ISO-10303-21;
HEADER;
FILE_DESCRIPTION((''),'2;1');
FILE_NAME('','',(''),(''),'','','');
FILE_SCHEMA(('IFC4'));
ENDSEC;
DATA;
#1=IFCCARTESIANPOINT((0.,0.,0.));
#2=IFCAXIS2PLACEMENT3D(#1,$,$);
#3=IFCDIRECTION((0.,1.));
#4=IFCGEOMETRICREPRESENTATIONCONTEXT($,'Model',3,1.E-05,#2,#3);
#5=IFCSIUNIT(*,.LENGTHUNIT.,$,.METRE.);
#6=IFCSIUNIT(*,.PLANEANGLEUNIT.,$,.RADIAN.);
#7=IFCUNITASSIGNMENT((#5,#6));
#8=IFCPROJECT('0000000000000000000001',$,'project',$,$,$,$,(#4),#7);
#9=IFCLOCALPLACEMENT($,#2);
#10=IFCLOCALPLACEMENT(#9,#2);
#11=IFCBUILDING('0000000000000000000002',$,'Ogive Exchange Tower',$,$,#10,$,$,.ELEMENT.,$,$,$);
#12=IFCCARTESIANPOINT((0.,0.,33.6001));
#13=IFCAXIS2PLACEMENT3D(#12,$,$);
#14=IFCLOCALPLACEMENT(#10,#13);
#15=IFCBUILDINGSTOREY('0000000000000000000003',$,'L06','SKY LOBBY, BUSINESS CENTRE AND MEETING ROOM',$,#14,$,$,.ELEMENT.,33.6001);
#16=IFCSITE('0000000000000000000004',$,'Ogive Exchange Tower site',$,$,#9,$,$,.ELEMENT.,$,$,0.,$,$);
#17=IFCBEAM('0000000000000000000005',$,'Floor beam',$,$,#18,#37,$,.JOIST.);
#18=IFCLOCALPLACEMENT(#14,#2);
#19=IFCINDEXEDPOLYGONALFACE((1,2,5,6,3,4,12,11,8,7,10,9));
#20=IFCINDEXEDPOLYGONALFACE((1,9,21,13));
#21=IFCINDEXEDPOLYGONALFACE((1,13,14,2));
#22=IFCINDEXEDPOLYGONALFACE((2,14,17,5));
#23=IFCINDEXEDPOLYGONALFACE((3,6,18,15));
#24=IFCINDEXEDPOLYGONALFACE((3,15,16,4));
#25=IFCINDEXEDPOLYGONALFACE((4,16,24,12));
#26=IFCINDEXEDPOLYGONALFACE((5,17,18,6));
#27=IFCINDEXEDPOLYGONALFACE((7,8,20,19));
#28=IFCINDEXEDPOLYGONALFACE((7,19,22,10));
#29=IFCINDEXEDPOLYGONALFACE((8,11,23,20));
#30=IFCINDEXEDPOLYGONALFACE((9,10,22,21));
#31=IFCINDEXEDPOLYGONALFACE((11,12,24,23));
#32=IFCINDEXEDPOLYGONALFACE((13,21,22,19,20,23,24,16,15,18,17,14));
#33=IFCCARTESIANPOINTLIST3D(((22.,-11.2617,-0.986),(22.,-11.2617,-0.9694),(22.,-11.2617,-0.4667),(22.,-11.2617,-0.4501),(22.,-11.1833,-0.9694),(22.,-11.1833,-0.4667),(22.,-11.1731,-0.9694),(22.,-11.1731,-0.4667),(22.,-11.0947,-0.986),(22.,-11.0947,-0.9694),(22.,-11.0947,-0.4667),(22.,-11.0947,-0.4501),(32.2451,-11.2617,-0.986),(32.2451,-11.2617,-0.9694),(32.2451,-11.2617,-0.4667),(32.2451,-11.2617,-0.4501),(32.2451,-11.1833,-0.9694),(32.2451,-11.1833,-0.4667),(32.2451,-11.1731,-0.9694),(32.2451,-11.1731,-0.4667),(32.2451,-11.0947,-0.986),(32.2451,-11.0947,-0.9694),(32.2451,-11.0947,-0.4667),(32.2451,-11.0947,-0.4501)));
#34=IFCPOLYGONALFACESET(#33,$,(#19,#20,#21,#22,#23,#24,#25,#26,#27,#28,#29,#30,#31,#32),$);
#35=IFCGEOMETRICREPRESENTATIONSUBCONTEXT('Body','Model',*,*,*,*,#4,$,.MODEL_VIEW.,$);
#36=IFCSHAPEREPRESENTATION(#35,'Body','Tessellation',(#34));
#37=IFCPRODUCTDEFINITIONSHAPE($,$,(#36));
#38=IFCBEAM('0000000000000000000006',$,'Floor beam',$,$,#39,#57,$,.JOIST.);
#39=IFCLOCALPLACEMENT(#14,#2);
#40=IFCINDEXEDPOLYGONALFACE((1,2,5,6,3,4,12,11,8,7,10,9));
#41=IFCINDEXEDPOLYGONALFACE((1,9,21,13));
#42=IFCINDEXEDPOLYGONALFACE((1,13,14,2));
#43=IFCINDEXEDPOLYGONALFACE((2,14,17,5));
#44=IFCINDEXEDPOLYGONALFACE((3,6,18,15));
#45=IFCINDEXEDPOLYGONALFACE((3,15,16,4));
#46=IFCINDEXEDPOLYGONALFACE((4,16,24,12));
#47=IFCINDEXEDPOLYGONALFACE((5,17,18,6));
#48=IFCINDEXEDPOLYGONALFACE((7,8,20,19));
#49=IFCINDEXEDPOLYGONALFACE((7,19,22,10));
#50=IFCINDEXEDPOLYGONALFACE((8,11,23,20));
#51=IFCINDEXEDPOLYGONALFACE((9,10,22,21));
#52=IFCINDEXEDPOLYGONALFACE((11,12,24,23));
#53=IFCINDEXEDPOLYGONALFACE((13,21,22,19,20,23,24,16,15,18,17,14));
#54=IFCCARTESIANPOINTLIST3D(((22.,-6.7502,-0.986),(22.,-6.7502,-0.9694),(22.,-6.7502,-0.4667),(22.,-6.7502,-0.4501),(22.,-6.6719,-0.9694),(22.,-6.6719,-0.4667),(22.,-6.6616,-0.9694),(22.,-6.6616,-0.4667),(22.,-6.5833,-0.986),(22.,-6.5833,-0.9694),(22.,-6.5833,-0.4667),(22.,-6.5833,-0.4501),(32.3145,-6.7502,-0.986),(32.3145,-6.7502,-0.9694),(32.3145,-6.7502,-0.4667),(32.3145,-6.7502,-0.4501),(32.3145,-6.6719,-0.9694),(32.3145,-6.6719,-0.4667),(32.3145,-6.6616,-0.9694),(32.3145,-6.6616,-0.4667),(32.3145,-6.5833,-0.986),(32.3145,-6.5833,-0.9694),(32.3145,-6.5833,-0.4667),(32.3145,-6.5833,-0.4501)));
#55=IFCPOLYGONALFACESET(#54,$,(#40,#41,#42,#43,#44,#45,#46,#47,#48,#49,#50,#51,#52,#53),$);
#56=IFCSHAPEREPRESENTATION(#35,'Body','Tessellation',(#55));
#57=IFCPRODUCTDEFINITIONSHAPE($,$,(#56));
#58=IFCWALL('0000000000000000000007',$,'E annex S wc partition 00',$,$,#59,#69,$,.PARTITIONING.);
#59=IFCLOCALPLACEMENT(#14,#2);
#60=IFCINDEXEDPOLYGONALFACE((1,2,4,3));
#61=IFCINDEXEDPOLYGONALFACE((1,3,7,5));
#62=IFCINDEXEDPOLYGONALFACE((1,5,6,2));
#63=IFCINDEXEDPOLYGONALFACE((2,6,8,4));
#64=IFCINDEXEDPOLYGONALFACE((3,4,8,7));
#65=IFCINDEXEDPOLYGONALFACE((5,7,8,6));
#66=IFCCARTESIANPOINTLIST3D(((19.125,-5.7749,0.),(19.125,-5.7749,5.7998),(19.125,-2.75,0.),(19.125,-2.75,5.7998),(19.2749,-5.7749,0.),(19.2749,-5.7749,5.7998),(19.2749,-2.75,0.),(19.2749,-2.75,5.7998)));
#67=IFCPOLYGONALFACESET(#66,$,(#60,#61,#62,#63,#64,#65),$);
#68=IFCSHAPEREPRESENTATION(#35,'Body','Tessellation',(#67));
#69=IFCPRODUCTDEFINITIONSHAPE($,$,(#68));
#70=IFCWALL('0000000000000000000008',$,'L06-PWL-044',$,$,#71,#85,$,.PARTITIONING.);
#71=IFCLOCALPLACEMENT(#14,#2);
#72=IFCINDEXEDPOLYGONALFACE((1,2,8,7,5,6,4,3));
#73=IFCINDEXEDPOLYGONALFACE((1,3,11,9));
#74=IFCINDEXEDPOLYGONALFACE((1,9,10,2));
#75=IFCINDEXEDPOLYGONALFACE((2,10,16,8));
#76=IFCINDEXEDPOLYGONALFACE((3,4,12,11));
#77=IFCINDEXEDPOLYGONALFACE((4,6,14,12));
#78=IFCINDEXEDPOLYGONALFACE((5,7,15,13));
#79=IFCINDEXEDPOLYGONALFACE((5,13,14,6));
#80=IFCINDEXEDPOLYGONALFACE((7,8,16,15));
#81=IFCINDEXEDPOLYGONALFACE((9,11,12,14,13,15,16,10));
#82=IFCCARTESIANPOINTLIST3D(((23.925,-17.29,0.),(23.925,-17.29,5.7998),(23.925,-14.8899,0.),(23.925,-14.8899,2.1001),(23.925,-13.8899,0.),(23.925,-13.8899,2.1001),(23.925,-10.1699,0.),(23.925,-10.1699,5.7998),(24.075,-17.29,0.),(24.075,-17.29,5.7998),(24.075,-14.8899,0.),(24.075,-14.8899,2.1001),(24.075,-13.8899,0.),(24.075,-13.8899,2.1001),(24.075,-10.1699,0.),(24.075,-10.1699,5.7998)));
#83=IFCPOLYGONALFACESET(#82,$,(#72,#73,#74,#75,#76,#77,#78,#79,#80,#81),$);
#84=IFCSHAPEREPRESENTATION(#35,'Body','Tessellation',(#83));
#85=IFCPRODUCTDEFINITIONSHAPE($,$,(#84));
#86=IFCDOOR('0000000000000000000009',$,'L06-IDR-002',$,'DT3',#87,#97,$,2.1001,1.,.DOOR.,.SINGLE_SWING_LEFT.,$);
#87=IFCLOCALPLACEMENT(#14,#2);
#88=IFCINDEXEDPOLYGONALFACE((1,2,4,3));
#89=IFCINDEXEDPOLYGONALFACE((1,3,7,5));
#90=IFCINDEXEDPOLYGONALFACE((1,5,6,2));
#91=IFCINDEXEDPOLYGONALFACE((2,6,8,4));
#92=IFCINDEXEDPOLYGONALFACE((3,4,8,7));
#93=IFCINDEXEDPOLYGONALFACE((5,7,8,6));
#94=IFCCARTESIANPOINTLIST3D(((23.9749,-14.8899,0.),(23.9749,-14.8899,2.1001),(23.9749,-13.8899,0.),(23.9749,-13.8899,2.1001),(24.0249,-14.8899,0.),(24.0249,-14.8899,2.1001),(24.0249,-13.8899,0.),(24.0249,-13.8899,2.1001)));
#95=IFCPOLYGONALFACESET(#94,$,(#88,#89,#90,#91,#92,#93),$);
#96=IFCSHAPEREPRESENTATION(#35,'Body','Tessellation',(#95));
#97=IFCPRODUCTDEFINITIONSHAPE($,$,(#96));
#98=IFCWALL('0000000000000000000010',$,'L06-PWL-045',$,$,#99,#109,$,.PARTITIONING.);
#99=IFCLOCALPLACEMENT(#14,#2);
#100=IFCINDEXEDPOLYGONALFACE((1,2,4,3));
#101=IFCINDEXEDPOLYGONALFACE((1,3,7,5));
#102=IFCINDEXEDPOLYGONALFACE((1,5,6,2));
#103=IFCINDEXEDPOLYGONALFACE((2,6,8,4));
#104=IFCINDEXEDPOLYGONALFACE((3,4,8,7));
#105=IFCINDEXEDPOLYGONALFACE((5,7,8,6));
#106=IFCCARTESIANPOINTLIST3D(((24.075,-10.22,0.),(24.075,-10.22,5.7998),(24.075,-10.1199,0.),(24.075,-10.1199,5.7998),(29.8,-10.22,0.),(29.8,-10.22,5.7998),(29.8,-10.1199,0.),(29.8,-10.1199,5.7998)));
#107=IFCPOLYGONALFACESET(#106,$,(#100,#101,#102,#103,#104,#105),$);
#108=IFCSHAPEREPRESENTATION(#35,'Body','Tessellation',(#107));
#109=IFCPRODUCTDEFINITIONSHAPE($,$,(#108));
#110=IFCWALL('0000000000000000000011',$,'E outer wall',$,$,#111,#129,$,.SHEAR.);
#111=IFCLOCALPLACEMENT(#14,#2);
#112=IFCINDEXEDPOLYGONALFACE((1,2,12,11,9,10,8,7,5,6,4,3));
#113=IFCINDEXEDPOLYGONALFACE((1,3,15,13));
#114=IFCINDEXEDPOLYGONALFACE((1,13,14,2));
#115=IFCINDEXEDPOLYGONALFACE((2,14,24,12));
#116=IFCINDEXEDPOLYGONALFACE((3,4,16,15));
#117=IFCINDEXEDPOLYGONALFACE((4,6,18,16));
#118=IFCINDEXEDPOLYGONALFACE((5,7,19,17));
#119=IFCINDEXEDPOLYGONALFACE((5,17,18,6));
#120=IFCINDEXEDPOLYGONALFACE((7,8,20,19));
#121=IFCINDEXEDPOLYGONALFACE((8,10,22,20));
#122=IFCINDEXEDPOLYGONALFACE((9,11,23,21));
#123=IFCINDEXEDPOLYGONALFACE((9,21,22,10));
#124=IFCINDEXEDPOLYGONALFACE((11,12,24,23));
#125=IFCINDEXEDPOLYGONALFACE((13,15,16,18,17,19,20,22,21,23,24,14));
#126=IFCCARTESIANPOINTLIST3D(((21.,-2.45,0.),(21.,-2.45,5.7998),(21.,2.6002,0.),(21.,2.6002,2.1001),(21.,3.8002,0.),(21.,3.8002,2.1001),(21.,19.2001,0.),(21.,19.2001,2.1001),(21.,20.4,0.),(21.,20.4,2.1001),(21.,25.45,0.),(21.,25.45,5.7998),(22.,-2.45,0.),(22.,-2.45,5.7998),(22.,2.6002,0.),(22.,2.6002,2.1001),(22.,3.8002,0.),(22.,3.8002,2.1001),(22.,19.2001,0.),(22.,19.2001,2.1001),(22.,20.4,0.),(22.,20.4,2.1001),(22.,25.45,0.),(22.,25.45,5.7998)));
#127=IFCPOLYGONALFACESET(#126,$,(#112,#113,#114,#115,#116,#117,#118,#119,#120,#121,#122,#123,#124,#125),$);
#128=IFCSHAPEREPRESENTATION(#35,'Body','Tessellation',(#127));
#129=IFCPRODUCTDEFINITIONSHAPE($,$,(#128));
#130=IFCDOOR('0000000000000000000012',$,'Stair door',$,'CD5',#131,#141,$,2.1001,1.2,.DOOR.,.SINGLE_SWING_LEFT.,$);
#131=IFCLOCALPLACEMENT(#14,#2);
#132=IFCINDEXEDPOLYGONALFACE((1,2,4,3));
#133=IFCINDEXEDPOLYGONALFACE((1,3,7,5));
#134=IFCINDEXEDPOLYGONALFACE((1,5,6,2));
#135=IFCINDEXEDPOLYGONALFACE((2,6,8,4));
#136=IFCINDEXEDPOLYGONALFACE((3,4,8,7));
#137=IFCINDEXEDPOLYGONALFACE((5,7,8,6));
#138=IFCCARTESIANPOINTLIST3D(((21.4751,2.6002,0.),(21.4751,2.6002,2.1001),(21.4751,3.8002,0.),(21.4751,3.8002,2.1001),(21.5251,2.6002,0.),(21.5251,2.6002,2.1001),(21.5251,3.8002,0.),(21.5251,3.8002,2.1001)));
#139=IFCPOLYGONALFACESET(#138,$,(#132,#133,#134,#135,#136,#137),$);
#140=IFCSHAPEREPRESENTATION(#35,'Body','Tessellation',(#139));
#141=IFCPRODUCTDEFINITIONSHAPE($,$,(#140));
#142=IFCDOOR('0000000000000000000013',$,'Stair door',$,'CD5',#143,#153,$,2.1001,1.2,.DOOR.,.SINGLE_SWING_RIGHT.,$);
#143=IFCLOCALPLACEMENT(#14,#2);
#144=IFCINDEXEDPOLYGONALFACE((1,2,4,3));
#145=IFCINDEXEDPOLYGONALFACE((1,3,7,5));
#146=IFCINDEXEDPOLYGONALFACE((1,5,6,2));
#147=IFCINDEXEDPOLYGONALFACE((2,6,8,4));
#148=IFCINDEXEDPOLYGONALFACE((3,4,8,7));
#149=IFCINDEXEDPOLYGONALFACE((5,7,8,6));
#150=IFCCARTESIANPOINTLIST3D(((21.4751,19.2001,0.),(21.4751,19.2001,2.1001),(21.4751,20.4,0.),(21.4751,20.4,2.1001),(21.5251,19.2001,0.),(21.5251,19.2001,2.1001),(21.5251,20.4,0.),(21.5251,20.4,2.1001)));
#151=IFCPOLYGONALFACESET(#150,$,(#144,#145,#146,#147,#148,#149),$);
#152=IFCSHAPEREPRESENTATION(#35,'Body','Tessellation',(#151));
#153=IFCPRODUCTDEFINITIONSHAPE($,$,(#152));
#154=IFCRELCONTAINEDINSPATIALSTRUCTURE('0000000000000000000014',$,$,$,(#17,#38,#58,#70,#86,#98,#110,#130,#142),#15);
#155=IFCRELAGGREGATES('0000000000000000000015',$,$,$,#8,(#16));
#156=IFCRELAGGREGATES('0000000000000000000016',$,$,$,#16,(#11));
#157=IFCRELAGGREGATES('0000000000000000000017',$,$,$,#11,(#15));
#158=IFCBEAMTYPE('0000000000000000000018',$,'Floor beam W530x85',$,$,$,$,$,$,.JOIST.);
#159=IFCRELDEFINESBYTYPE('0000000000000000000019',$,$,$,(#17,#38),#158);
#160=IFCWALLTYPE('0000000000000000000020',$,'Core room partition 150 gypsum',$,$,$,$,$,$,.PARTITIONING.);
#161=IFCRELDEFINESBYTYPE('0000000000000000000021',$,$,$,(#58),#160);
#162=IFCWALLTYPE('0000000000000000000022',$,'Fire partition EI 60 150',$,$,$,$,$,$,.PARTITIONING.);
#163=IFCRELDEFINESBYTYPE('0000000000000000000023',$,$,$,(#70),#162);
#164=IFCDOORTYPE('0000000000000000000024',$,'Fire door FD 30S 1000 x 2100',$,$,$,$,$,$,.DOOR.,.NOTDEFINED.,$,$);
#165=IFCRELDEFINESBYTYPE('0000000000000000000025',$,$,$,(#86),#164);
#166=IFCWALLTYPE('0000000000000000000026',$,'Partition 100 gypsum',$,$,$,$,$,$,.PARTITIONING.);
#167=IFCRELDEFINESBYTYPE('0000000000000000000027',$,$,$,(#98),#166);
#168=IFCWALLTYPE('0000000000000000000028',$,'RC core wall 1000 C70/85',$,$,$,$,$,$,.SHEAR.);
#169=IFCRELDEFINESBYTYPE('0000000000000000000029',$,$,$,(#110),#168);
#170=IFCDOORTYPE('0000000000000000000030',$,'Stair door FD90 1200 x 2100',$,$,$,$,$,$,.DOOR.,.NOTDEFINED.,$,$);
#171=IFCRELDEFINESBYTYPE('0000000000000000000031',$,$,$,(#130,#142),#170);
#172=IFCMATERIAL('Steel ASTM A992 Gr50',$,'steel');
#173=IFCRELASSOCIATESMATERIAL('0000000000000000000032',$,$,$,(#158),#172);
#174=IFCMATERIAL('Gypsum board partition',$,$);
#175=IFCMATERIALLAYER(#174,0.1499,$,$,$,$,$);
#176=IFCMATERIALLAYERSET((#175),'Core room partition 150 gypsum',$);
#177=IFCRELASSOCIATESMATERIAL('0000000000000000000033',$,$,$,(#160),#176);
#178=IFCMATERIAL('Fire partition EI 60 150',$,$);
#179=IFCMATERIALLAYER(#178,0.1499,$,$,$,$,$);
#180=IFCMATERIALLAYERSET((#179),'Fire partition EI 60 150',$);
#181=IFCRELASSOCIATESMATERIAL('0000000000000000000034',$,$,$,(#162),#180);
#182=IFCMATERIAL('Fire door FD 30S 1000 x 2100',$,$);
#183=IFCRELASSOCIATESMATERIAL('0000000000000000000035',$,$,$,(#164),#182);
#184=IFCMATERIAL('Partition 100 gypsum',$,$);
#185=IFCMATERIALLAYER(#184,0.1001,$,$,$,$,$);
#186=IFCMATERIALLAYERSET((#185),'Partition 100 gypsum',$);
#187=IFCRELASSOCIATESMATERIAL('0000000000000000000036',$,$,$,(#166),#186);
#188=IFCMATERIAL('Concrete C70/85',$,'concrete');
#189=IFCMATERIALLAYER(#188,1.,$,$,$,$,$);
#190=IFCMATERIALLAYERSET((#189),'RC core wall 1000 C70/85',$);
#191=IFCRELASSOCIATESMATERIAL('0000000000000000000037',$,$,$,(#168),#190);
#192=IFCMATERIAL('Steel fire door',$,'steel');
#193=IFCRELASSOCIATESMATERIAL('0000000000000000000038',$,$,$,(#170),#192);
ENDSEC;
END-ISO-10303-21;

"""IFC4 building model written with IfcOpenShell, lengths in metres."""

from ifc_helpers import new_model, si_unit, direction, frame, frame_2d, origin, origin_2d, place, context, subcontext, project, spatial, rectangle, i_section, extrude, material, layer, layer_set, material_profile, profile_set, type_object, element, fill, save


model = new_model("IFC4")

# Units and contexts
model_context = context("Model", 3, precision=1e-05, world=origin(), true_north=direction((0.0, 1.0)))
body_context = subcontext(model_context, "Body", "Model", "MODEL_VIEW")
ifc_project = project(units=[si_unit("LENGTHUNIT", "METRE"), si_unit("PLANEANGLEUNIT", "RADIAN")], contexts=[model_context])

# Site, building, storey
site_placement = place(None, origin())
site = spatial("IfcSite", under=ifc_project, at=site_placement, Name="Ogive Exchange Tower site", CompositionType="ELEMENT", RefElevation=0.0)
building_placement = place(site_placement, origin())
building = spatial("IfcBuilding", under=site, at=building_placement, Name="Ogive Exchange Tower", CompositionType="ELEMENT")
storey_placement = place(building_placement, frame((0.0, 0.0, 33.6001)))
storey = spatial("IfcBuildingStorey", under=building, at=storey_placement, Name="L06", Description="SKY LOBBY, BUSINESS CENTRE AND MEETING ROOM", CompositionType="ELEMENT", Elevation=33.6001)

# Beams
ifc_material_1 = material(Name="Steel ASTM A992 Gr50", Category="steel")
ifc_material_profile = material_profile(ifc_material_1, i_section(OverallWidth=0.167, OverallDepth=0.5359, WebThickness=0.0103, FlangeThickness=0.0166, at=origin_2d()), Name="W530x85")
ifc_profile_set = profile_set([ifc_material_profile], Name="Steel ASTM A992 Gr50")
beam_type = type_object("IfcBeamType", Name="Floor beam W530x85", PredefinedType="JOIST", material=ifc_profile_set)
beam_1_placement = place(storey_placement, frame((22.0, -11.1782, -0.718), z_axis=(1.0, 0.0, 0.0), x_axis=(0.0, 1.0, 0.0)))
element("IfcBeam", 1, at=beam_1_placement, inside=storey, type_object=beam_type, Name="Floor beam", PredefinedType="JOIST", context=body_context, shape_type="SweptSolid", body=[
    extrude(i_section(OverallWidth=0.167, OverallDepth=0.5359, WebThickness=0.0103, FlangeThickness=0.0166, at=origin_2d()), origin(), (0.0, 0.0, 1.0), 10.2451),
])
beam_2_placement = place(storey_placement, frame((22.0, -6.6667, -0.718), z_axis=(1.0, 0.0, 0.0), x_axis=(0.0, 1.0, 0.0)))
element("IfcBeam", 2, at=beam_2_placement, inside=storey, type_object=beam_type, Name="Floor beam", PredefinedType="JOIST", context=body_context, shape_type="SweptSolid", body=[
    extrude(i_section(OverallWidth=0.167, OverallDepth=0.5359, WebThickness=0.0103, FlangeThickness=0.0166, at=origin_2d()), origin(), (0.0, 0.0, 1.0), 10.3145),
])

# Wall
ifc_material_2 = material(Name="Gypsum board partition")
ifc_layer_1 = layer(ifc_material_2, 0.1499)
ifc_layer_set_1 = layer_set([ifc_layer_1], Name="Core room partition 150 gypsum")
wall_type_1 = type_object("IfcWallType", Name="Core room partition 150 gypsum", PredefinedType="PARTITIONING", material=ifc_layer_set_1)
wall_1_placement = place(storey_placement, frame((19.2, -5.7749, 0.0), z_axis=(0.0, 0.0, 1.0), x_axis=(0.0, 1.0, 0.0)))
element("IfcWall", 3, at=wall_1_placement, inside=storey, type_object=wall_type_1, Name="E annex S wc partition 00", PredefinedType="PARTITIONING", context=body_context, shape_type="SweptSolid", body=[
    extrude(rectangle(XDim=3.0249, YDim=0.1499, at=frame_2d((1.5125, 0.0))), origin(), (0.0, 0.0, 1.0), 5.7998),
])

# Wall, opening, door
ifc_material_3 = material(Name="Fire partition EI 60 150")
ifc_layer_2 = layer(ifc_material_3, 0.1499)
ifc_layer_set_2 = layer_set([ifc_layer_2], Name="Fire partition EI 60 150")
wall_type_2 = type_object("IfcWallType", Name="Fire partition EI 60 150", PredefinedType="PARTITIONING", material=ifc_layer_set_2)
wall_2_placement = place(storey_placement, frame((24.0, -10.1699, 0.0), z_axis=(0.0, 0.0, 1.0), x_axis=(0.0, -1.0, 0.0)))
wall_2 = element("IfcWall", 4, at=wall_2_placement, inside=storey, type_object=wall_type_2, Name="L06-PWL-044", PredefinedType="PARTITIONING", context=body_context, shape_type="SweptSolid", body=[
    extrude(rectangle(XDim=7.1201, YDim=0.1499, at=frame_2d((3.5601, 0.0))), origin(), (0.0, 0.0, 1.0), 5.7998),
])
opening_1_placement = place(wall_2_placement, frame((3.72, 0.0, 0.0)))
opening_1 = element("IfcOpeningElement", 5, at=opening_1_placement, cuts=wall_2, PredefinedType="OPENING", context=body_context, shape_type="SweptSolid", body=[
    extrude(rectangle(XDim=1.0, YDim=2.1001, at=frame_2d((0.5, 1.05))), frame((0.0, 0.085, 0.0), z_axis=(0.0, -1.0, 0.0), x_axis=(1.0, 0.0, 0.0)), (0.0, 0.0, 1.0), 0.1699),
])
ifc_material_4 = material(Name="Fire door FD 30S 1000 x 2100")
door_type_1 = type_object("IfcDoorType", Name="Fire door FD 30S 1000 x 2100", OperationType="NOTDEFINED", PredefinedType="DOOR", material=ifc_material_4)
door_1_placement = place(opening_1_placement, origin())
door_1 = element("IfcDoor", 6, at=door_1_placement, inside=storey, type_object=door_type_1, Name="L06-IDR-002", ObjectType="DT3", OperationType="SINGLE_SWING_LEFT", OverallHeight=2.1001, OverallWidth=1.0, PredefinedType="DOOR", context=body_context, shape_type="SweptSolid", body=[
    extrude(rectangle(XDim=1.0, YDim=2.1001, at=frame_2d((0.5, 1.05))), frame((0.0, 0.0249, 0.0), z_axis=(0.0, -1.0, 0.0), x_axis=(1.0, 0.0, 0.0)), (0.0, 0.0, 1.0), 0.05),
])
fill(opening_1, door_1)

# Wall
ifc_material_5 = material(Name="Partition 100 gypsum")
ifc_layer_3 = layer(ifc_material_5, 0.1001)
ifc_layer_set_3 = layer_set([ifc_layer_3], Name="Partition 100 gypsum")
wall_type_3 = type_object("IfcWallType", Name="Partition 100 gypsum", PredefinedType="PARTITIONING", material=ifc_layer_set_3)
wall_3_placement = place(storey_placement, frame((24.075, -10.1699, 0.0), z_axis=(0.0, 0.0, 1.0), x_axis=(1.0, 0.0, 0.0)))
element("IfcWall", 7, at=wall_3_placement, inside=storey, type_object=wall_type_3, Name="L06-PWL-045", PredefinedType="PARTITIONING", context=body_context, shape_type="SweptSolid", body=[
    extrude(rectangle(XDim=5.7251, YDim=0.1001, at=frame_2d((2.8625, 0.0))), origin(), (0.0, 0.0, 1.0), 5.7998),
])

# Wall, openings, doors
ifc_material_6 = material(Name="Concrete C70/85", Category="concrete")
ifc_layer_4 = layer(ifc_material_6, 1.0)
ifc_layer_set_4 = layer_set([ifc_layer_4], Name="RC core wall 1000 C70/85")
wall_type_4 = type_object("IfcWallType", Name="RC core wall 1000 C70/85", PredefinedType="SHEAR", material=ifc_layer_set_4)
wall_4_placement = place(storey_placement, frame((21.5, -2.45, 0.0), z_axis=(0.0, 0.0, 1.0), x_axis=(0.0, 1.0, 0.0)))
wall_4 = element("IfcWall", 8, at=wall_4_placement, inside=storey, type_object=wall_type_4, Name="E outer wall", PredefinedType="SHEAR", context=body_context, shape_type="SweptSolid", body=[
    extrude(rectangle(XDim=27.8999, YDim=1.0, at=frame_2d((13.95, 0.0))), origin(), (0.0, 0.0, 1.0), 5.7998),
])
opening_2_placement = place(wall_4_placement, frame((5.05, 0.0, 0.0)))
opening_2 = element("IfcOpeningElement", 9, at=opening_2_placement, cuts=wall_4, PredefinedType="OPENING", context=body_context, shape_type="SweptSolid", body=[
    extrude(rectangle(XDim=1.2, YDim=2.1001, at=frame_2d((0.6001, 1.05))), frame((0.0, 0.51, 0.0), z_axis=(0.0, -1.0, 0.0), x_axis=(1.0, 0.0, 0.0)), (0.0, 0.0, 1.0), 1.02),
])
opening_3_placement = place(wall_4_placement, frame((21.6499, 0.0, 0.0)))
opening_3 = element("IfcOpeningElement", 10, at=opening_3_placement, cuts=wall_4, PredefinedType="OPENING", context=body_context, shape_type="SweptSolid", body=[
    extrude(rectangle(XDim=1.2, YDim=2.1001, at=frame_2d((0.6001, 1.05))), frame((0.0, 0.51, 0.0), z_axis=(0.0, -1.0, 0.0), x_axis=(1.0, 0.0, 0.0)), (0.0, 0.0, 1.0), 1.02),
])
ifc_material_7 = material(Name="Steel fire door", Category="steel")
door_type_2 = type_object("IfcDoorType", Name="Stair door FD90 1200 x 2100", OperationType="NOTDEFINED", PredefinedType="DOOR", material=ifc_material_7)
door_2_placement = place(opening_2_placement, origin())
door_2 = element("IfcDoor", 11, at=door_2_placement, inside=storey, type_object=door_type_2, Name="Stair door", ObjectType="CD5", OperationType="SINGLE_SWING_LEFT", OverallHeight=2.1001, OverallWidth=1.2, PredefinedType="DOOR", context=body_context, shape_type="SweptSolid", body=[
    extrude(rectangle(XDim=1.2, YDim=2.1001, at=frame_2d((0.6001, 1.05))), frame((0.0, 0.0249, 0.0), z_axis=(0.0, -1.0, 0.0), x_axis=(1.0, 0.0, 0.0)), (0.0, 0.0, 1.0), 0.05),
])
fill(opening_2, door_2)
door_3_placement = place(opening_3_placement, origin())
door_3 = element("IfcDoor", 12, at=door_3_placement, inside=storey, type_object=door_type_2, Name="Stair door", ObjectType="CD5", OperationType="SINGLE_SWING_RIGHT", OverallHeight=2.1001, OverallWidth=1.2, PredefinedType="DOOR", context=body_context, shape_type="SweptSolid", body=[
    extrude(rectangle(XDim=1.2, YDim=2.1001, at=frame_2d((0.6001, 1.05))), frame((0.0, 0.0249, 0.0), z_axis=(0.0, -1.0, 0.0), x_axis=(1.0, 0.0, 0.0)), (0.0, 0.0, 1.0), 0.05),
])
fill(opening_3, door_3)

save(model, "model.ifc")
